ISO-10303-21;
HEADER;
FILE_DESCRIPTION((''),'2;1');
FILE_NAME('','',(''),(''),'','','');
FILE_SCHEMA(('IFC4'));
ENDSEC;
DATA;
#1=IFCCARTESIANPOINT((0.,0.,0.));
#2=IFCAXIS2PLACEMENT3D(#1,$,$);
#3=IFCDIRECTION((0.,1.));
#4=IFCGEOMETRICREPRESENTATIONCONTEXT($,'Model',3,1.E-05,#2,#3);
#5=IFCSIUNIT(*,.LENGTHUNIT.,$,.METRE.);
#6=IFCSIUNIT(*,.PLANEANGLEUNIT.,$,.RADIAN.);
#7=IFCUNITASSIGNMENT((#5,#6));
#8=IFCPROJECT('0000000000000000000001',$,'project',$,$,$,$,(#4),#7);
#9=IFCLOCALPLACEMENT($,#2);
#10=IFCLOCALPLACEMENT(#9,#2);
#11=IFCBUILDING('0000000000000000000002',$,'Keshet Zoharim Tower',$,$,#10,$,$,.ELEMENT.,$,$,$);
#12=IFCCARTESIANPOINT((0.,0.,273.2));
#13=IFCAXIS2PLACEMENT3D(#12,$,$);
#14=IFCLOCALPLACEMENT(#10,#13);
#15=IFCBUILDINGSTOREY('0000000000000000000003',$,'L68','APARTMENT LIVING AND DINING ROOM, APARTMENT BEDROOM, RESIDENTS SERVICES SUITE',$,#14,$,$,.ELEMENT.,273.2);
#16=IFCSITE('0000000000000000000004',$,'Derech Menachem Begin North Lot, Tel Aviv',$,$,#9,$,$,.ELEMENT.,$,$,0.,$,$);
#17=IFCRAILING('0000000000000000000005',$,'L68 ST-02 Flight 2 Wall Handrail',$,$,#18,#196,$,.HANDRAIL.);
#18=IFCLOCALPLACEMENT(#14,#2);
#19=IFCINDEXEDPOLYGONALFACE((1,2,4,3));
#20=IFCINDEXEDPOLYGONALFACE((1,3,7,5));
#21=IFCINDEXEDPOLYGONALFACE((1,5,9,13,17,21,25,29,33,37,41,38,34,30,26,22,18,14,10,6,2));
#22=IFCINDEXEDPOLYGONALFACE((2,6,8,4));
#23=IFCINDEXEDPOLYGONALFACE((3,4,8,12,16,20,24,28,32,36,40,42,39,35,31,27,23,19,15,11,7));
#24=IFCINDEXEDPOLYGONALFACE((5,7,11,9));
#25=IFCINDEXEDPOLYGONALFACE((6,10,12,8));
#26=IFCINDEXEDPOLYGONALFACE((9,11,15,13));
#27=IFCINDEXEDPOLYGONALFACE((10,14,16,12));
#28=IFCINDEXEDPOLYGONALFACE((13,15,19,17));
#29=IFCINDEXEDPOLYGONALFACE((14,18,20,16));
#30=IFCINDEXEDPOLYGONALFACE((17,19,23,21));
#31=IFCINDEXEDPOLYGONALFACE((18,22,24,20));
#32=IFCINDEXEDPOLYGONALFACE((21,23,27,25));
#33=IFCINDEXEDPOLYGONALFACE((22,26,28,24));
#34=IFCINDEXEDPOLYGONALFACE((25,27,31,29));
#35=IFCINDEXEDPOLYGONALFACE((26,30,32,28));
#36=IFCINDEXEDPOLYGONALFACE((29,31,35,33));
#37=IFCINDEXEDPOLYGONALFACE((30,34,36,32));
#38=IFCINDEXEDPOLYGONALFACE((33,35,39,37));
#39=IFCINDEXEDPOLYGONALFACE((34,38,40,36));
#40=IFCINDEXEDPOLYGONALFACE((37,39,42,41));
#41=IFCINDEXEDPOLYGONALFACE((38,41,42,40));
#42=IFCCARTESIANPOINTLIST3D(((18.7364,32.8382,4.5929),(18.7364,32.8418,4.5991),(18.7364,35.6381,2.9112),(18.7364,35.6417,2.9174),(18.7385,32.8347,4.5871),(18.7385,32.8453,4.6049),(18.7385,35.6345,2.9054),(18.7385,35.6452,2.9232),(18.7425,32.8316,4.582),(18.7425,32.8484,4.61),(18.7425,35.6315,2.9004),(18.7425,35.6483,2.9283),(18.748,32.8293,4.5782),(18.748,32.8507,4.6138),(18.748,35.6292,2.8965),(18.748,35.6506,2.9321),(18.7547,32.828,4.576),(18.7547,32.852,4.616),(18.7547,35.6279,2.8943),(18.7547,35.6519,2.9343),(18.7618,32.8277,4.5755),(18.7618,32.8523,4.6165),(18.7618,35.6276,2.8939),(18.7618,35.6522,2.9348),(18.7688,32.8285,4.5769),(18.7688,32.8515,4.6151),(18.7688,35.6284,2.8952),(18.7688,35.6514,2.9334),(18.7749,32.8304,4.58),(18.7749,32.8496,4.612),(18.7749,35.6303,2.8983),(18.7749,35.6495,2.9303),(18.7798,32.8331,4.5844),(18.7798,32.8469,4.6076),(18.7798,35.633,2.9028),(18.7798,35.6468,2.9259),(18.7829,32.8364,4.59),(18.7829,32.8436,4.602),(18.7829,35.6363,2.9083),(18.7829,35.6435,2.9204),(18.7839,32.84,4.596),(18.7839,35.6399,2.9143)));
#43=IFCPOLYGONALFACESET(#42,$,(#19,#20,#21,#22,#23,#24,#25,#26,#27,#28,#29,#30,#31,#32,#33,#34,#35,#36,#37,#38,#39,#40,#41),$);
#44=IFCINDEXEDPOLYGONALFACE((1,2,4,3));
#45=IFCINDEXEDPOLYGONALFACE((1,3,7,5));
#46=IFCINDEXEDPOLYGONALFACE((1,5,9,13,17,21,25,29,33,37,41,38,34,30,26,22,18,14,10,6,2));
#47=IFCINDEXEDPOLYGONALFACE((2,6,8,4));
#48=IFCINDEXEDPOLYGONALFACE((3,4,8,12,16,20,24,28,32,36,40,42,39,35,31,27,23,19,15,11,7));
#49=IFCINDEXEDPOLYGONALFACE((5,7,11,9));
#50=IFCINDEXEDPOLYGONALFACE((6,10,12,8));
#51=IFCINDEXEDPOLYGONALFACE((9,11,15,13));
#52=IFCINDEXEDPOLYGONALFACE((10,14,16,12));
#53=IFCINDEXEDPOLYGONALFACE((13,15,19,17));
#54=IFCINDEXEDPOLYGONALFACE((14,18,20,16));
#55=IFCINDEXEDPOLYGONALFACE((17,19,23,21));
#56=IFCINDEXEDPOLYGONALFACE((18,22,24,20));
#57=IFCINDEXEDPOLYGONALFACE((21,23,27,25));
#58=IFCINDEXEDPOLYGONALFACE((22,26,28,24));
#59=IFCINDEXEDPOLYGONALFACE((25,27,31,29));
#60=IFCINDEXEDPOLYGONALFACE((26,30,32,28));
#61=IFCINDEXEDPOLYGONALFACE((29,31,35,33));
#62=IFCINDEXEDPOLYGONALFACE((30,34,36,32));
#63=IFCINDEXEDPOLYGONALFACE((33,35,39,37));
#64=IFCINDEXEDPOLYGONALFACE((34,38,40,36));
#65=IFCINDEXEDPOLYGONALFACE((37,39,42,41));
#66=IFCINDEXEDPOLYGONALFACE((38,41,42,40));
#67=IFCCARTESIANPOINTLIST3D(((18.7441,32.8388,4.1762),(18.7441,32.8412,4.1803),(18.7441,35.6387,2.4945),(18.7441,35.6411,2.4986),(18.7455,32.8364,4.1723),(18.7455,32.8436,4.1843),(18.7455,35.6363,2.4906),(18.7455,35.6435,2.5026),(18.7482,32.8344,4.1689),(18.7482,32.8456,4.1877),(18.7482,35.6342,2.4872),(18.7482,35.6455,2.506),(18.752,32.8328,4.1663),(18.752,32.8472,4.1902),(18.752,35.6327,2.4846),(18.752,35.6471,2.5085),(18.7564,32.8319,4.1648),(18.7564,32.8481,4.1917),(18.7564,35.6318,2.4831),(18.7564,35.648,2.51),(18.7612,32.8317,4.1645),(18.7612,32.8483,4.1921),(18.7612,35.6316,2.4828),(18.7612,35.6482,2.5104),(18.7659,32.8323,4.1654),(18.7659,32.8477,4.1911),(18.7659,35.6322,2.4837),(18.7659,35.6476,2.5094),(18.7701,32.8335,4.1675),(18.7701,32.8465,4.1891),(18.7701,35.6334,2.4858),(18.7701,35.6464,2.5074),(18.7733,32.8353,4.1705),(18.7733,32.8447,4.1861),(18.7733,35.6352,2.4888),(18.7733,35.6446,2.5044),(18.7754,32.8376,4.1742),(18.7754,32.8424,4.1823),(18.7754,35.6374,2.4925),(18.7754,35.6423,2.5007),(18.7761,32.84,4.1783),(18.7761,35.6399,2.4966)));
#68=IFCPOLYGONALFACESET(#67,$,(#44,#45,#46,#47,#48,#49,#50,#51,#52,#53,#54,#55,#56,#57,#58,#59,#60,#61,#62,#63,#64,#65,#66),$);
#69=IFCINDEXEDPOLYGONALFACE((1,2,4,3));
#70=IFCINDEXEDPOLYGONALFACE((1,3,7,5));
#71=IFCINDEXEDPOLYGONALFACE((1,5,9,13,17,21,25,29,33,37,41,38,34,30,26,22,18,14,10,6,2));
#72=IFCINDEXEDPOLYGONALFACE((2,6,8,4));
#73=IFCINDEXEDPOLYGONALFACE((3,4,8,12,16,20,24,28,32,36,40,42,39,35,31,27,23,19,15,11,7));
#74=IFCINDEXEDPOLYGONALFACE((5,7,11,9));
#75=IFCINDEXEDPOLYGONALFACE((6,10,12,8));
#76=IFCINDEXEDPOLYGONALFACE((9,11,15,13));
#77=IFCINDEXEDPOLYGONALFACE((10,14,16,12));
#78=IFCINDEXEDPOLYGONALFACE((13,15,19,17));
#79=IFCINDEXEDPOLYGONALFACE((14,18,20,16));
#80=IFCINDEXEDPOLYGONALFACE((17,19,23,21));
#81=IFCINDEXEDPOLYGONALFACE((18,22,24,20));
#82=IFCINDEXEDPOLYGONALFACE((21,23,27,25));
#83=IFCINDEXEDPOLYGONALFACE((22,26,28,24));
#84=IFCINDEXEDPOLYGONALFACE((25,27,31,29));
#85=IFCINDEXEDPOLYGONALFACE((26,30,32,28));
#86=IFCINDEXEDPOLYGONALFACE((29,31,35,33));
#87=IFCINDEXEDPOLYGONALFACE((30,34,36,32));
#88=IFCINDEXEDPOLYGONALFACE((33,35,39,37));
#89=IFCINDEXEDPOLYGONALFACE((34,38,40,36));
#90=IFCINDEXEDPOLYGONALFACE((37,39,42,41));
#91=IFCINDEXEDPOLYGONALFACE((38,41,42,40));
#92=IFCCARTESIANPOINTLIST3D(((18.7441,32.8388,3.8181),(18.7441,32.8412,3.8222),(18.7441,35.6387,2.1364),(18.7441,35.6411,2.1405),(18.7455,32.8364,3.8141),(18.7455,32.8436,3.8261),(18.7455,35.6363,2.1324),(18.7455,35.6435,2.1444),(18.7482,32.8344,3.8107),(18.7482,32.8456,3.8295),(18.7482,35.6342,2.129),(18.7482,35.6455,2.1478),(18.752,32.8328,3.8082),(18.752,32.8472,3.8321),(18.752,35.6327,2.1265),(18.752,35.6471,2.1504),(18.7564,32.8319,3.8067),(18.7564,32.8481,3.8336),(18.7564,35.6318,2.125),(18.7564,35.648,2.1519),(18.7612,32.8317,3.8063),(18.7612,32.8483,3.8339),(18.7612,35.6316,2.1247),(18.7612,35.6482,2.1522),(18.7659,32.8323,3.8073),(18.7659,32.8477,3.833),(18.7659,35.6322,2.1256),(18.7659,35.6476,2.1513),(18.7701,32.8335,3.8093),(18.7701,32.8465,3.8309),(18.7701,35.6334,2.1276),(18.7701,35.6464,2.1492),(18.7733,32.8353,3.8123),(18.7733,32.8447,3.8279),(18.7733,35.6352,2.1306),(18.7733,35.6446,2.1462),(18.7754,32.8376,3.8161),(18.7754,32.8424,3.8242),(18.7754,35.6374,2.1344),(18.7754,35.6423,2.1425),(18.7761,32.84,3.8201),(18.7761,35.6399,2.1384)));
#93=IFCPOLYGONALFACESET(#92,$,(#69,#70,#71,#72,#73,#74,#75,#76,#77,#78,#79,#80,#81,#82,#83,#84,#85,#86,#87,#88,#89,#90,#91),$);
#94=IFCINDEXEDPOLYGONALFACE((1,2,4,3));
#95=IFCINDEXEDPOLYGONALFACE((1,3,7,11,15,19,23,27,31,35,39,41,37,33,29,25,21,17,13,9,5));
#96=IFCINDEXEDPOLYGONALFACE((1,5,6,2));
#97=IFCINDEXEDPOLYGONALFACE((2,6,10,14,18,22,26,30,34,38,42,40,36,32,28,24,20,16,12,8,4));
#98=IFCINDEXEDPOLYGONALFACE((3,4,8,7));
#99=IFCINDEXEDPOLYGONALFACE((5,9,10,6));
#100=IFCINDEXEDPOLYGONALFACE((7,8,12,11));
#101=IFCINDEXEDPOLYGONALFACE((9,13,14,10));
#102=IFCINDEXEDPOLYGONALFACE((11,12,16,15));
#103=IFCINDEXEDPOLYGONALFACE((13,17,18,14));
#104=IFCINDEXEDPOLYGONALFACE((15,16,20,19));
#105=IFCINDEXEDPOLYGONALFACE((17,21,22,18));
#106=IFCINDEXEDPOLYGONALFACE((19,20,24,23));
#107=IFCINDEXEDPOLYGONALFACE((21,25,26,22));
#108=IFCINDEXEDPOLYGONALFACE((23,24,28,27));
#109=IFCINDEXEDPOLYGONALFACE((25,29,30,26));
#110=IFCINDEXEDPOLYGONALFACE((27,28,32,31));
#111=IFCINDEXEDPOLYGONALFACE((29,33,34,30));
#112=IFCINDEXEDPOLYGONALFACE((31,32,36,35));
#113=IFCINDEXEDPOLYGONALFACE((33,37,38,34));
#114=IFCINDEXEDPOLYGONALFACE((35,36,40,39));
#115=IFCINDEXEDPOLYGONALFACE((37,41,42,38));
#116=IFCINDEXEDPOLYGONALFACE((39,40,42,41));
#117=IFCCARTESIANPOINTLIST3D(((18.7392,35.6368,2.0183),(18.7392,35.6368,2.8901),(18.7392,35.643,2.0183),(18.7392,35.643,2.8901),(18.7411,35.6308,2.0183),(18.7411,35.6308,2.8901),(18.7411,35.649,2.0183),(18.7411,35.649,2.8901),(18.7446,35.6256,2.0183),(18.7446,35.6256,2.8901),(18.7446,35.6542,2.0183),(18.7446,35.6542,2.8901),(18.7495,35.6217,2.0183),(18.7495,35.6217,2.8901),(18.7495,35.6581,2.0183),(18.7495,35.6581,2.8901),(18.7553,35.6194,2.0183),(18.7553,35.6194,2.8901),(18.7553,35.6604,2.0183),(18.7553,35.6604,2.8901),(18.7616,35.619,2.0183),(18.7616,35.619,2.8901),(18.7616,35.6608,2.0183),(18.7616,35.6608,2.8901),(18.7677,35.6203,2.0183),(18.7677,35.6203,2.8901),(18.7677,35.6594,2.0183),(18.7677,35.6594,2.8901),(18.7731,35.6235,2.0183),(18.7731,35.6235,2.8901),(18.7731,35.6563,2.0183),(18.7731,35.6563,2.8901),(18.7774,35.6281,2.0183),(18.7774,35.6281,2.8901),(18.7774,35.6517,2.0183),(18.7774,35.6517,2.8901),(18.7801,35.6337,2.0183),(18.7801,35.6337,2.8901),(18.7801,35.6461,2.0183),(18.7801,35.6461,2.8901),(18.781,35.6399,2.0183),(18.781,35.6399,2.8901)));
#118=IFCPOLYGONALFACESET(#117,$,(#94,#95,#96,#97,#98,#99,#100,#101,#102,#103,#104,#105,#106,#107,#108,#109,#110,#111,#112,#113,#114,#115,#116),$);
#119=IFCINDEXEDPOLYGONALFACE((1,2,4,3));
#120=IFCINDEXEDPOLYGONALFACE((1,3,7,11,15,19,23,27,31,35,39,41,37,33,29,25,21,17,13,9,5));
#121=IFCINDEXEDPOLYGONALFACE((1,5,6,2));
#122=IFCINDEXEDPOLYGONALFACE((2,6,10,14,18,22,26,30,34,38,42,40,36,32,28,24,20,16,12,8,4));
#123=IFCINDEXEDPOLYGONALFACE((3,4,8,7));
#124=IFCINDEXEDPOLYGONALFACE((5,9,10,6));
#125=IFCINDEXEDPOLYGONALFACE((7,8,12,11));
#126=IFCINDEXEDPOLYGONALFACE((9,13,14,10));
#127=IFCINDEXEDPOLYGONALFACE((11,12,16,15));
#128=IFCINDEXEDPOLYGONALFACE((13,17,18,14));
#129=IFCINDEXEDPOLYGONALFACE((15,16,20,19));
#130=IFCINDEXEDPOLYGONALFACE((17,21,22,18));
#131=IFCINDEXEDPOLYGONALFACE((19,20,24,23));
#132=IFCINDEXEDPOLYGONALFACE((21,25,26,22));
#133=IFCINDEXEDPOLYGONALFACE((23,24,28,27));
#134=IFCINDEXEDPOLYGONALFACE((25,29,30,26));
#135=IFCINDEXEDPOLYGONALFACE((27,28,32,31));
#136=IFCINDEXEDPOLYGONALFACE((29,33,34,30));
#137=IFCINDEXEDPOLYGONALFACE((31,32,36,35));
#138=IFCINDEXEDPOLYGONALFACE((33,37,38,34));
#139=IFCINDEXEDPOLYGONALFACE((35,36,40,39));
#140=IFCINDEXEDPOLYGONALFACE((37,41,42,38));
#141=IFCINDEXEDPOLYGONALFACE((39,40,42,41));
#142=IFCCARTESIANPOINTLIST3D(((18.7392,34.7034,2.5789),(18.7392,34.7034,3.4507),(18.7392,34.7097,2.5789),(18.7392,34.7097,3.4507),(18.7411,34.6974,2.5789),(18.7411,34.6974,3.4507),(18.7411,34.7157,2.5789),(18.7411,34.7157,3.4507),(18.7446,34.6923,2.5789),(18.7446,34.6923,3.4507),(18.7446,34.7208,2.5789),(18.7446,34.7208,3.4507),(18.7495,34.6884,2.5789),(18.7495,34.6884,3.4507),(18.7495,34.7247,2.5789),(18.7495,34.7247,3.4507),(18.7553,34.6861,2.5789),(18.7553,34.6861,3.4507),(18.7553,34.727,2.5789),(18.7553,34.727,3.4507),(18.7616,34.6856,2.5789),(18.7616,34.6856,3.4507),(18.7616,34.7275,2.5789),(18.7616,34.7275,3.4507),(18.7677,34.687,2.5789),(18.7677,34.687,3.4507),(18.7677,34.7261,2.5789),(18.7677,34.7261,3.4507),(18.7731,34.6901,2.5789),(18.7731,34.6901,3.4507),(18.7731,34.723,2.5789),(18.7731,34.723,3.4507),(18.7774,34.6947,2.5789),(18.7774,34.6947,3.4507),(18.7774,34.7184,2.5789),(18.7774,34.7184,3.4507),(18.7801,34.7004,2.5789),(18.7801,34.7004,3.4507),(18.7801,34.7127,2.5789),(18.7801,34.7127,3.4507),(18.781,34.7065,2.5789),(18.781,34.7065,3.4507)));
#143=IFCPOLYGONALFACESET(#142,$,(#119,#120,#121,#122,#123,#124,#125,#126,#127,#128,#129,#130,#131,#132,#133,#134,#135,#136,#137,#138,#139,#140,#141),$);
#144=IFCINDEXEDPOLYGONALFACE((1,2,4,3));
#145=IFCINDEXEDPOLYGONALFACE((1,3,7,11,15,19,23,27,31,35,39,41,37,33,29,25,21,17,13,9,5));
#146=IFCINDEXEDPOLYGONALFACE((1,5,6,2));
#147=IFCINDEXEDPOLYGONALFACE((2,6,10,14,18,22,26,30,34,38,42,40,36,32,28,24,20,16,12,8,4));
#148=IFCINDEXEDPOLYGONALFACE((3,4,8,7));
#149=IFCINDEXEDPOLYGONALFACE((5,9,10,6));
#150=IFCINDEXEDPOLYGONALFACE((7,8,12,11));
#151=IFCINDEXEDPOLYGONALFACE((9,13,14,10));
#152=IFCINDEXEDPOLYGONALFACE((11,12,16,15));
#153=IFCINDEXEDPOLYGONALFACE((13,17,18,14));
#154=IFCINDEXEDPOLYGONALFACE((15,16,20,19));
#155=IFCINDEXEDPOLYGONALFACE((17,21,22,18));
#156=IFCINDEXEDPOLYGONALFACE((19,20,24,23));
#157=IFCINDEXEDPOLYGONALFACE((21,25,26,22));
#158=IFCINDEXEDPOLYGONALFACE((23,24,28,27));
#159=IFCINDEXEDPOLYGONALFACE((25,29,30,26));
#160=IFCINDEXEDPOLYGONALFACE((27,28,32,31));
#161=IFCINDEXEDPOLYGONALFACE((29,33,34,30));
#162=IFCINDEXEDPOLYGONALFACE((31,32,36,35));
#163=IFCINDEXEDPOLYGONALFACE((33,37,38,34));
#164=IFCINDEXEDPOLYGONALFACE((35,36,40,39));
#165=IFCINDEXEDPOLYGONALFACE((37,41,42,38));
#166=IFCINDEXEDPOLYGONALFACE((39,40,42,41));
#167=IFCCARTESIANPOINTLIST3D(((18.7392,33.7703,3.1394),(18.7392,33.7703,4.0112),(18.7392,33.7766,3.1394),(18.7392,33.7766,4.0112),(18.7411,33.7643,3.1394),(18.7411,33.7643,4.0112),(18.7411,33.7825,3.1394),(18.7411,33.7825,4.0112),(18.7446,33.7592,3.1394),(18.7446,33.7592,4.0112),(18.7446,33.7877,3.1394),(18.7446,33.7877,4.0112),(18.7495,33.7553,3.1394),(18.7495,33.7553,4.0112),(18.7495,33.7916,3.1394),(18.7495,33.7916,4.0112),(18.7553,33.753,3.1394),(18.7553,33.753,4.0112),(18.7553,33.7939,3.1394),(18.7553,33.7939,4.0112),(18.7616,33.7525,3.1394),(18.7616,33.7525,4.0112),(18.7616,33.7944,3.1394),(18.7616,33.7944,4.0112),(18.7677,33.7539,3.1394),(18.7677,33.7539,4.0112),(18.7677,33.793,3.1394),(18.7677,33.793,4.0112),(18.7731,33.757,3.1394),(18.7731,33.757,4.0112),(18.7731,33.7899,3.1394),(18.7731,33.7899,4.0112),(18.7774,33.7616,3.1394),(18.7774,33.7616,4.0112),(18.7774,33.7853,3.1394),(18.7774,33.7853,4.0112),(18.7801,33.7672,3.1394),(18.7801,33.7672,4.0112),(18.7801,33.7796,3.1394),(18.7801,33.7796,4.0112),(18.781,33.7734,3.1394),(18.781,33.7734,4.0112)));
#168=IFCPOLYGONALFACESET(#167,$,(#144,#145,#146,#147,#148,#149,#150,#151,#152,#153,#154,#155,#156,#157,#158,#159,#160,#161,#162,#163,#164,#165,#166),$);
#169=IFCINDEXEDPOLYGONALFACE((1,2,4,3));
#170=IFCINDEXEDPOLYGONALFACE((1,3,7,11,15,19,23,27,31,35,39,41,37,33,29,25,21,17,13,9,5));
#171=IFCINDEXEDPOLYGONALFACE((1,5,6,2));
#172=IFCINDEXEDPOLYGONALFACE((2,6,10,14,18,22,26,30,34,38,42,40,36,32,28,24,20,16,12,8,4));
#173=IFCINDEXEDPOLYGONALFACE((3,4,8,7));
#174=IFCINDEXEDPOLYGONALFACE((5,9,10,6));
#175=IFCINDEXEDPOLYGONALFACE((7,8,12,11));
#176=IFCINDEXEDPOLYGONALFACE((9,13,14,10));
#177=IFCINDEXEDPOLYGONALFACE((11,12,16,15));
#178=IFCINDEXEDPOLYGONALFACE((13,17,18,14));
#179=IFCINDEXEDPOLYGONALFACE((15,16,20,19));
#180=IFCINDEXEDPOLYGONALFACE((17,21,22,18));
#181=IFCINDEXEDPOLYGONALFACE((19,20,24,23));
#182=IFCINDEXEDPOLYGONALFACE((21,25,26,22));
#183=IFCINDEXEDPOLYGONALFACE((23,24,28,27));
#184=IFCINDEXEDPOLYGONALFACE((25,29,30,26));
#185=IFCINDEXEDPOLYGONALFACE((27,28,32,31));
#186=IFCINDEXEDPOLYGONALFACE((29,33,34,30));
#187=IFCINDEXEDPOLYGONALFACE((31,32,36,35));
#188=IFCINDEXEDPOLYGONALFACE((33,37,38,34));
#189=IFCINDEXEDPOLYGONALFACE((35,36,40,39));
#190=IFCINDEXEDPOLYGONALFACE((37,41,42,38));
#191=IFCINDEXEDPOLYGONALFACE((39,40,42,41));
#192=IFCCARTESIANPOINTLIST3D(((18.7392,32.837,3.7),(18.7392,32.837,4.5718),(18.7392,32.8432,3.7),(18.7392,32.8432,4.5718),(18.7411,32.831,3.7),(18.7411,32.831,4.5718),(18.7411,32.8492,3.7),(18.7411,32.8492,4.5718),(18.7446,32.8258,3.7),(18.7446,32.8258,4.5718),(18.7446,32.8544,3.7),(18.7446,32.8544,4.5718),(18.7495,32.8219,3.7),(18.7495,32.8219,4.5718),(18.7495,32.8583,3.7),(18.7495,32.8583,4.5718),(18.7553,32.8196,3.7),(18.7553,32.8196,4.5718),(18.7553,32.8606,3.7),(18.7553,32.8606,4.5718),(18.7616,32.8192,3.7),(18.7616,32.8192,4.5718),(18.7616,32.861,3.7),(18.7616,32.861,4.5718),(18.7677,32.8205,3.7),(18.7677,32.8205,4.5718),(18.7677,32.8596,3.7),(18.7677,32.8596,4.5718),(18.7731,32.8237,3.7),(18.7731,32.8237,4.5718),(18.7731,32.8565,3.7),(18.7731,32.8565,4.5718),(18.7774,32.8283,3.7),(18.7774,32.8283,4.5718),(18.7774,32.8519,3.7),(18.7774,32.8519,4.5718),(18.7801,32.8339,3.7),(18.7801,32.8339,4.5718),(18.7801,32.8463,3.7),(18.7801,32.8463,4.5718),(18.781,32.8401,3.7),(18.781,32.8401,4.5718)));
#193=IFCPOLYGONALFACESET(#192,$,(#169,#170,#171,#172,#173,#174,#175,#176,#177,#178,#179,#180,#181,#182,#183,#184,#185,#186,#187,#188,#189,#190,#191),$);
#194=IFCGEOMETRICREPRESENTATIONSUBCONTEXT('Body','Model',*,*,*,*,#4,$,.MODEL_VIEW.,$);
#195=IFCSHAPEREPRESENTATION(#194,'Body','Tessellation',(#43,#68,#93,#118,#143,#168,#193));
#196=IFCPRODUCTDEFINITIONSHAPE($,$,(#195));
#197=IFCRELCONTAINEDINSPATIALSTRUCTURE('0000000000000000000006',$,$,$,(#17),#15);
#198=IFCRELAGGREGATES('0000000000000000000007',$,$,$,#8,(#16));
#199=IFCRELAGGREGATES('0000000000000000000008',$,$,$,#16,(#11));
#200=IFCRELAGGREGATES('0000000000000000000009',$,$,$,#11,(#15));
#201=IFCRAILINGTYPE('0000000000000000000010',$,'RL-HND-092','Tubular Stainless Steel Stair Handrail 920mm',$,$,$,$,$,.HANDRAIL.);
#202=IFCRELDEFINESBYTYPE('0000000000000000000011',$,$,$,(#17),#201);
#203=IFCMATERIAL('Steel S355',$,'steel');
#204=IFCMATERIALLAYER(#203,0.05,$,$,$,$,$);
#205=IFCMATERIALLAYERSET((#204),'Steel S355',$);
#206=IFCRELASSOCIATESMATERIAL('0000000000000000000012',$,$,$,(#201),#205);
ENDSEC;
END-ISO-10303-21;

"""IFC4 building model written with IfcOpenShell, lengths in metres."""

from ifc_helpers import new_model, si_unit, direction, frame, origin, origin_2d, place, context, subcontext, project, spatial, circle, extrude, material, layer, layer_set, type_object, element, save


model = new_model("IFC4")

# Units and contexts
model_context = context("Model", 3, precision=1e-05, world=origin(), true_north=direction((0.0, 1.0)))
body_context = subcontext(model_context, "Body", "Model", "MODEL_VIEW")
ifc_project = project(units=[si_unit("LENGTHUNIT", "METRE"), si_unit("PLANEANGLEUNIT", "RADIAN")], contexts=[model_context])

# Site, building, storey
site_placement = place(None, origin())
site = spatial("IfcSite", under=ifc_project, at=site_placement, Name="Derech Menachem Begin North Lot, Tel Aviv", CompositionType="ELEMENT", RefElevation=0.0)
building_placement = place(site_placement, origin())
building = spatial("IfcBuilding", under=site, at=building_placement, Name="Keshet Zoharim Tower", CompositionType="ELEMENT")
storey_placement = place(building_placement, frame((0.0, 0.0, 273.2)))
storey = spatial("IfcBuildingStorey", under=building, at=storey_placement, Name="L68", Description="APARTMENT LIVING AND DINING ROOM, APARTMENT BEDROOM, RESIDENTS SERVICES SUITE", CompositionType="ELEMENT", Elevation=273.2)

# Shared definitions
ifc_material_1 = material(Name="Steel S355", Category="steel")

# Railing
ifc_layer_1 = layer(ifc_material_1, 0.05)
ifc_layer_set_1 = layer_set([ifc_layer_1], Name="Steel S355")
railing_type_1 = type_object("IfcRailingType", Name="RL-HND-092", Description="Tubular Stainless Steel Stair Handrail 920mm", PredefinedType="HANDRAIL", material=ifc_layer_set_1)
railing_1_placement = place(storey_placement, frame((18.76, 35.6399, 2.0183)))
element("IfcRailing", 1, at=railing_1_placement, inside=storey, type_object=railing_type_1, Name="L68 ST-02 Flight 2 Wall Handrail", PredefinedType="HANDRAIL", context=body_context, shape_type="SweptSolid", body=[
    extrude(circle(Radius=0.0239, at=origin_2d()), frame((0.0, 0.0, 0.896), z_axis=(0.0, -0.857255, 0.514891), x_axis=(1.0, 0.0, 0.0)), (0.0, 0.0, 1.0), 3.2661),
    extrude(circle(Radius=0.0161, at=origin_2d()), frame((0.0, 0.0, 0.4783), z_axis=(0.0, -0.857255, 0.514891), x_axis=(1.0, 0.0, 0.0)), (0.0, 0.0, 1.0), 3.2661),
    extrude(circle(Radius=0.0161, at=origin_2d()), frame((0.0, 0.0, 0.1201), z_axis=(0.0, -0.857255, 0.514891), x_axis=(1.0, 0.0, 0.0)), (0.0, 0.0, 1.0), 3.2661),
    extrude(circle(Radius=0.021, at=origin_2d()), origin(), (0.0, 0.0, 1.0), 0.8718),
    extrude(circle(Radius=0.021, at=origin_2d()), frame((0.0, -0.9333, 0.5605)), (0.0, 0.0, 1.0), 0.8718),
    extrude(circle(Radius=0.021, at=origin_2d()), frame((0.0, -1.8665, 1.1211)), (0.0, 0.0, 1.0), 0.8718),
    extrude(circle(Radius=0.021, at=origin_2d()), frame((0.0, -2.7998, 1.6816)), (0.0, 0.0, 1.0), 0.8718),
])

save(model, "model.ifc")
